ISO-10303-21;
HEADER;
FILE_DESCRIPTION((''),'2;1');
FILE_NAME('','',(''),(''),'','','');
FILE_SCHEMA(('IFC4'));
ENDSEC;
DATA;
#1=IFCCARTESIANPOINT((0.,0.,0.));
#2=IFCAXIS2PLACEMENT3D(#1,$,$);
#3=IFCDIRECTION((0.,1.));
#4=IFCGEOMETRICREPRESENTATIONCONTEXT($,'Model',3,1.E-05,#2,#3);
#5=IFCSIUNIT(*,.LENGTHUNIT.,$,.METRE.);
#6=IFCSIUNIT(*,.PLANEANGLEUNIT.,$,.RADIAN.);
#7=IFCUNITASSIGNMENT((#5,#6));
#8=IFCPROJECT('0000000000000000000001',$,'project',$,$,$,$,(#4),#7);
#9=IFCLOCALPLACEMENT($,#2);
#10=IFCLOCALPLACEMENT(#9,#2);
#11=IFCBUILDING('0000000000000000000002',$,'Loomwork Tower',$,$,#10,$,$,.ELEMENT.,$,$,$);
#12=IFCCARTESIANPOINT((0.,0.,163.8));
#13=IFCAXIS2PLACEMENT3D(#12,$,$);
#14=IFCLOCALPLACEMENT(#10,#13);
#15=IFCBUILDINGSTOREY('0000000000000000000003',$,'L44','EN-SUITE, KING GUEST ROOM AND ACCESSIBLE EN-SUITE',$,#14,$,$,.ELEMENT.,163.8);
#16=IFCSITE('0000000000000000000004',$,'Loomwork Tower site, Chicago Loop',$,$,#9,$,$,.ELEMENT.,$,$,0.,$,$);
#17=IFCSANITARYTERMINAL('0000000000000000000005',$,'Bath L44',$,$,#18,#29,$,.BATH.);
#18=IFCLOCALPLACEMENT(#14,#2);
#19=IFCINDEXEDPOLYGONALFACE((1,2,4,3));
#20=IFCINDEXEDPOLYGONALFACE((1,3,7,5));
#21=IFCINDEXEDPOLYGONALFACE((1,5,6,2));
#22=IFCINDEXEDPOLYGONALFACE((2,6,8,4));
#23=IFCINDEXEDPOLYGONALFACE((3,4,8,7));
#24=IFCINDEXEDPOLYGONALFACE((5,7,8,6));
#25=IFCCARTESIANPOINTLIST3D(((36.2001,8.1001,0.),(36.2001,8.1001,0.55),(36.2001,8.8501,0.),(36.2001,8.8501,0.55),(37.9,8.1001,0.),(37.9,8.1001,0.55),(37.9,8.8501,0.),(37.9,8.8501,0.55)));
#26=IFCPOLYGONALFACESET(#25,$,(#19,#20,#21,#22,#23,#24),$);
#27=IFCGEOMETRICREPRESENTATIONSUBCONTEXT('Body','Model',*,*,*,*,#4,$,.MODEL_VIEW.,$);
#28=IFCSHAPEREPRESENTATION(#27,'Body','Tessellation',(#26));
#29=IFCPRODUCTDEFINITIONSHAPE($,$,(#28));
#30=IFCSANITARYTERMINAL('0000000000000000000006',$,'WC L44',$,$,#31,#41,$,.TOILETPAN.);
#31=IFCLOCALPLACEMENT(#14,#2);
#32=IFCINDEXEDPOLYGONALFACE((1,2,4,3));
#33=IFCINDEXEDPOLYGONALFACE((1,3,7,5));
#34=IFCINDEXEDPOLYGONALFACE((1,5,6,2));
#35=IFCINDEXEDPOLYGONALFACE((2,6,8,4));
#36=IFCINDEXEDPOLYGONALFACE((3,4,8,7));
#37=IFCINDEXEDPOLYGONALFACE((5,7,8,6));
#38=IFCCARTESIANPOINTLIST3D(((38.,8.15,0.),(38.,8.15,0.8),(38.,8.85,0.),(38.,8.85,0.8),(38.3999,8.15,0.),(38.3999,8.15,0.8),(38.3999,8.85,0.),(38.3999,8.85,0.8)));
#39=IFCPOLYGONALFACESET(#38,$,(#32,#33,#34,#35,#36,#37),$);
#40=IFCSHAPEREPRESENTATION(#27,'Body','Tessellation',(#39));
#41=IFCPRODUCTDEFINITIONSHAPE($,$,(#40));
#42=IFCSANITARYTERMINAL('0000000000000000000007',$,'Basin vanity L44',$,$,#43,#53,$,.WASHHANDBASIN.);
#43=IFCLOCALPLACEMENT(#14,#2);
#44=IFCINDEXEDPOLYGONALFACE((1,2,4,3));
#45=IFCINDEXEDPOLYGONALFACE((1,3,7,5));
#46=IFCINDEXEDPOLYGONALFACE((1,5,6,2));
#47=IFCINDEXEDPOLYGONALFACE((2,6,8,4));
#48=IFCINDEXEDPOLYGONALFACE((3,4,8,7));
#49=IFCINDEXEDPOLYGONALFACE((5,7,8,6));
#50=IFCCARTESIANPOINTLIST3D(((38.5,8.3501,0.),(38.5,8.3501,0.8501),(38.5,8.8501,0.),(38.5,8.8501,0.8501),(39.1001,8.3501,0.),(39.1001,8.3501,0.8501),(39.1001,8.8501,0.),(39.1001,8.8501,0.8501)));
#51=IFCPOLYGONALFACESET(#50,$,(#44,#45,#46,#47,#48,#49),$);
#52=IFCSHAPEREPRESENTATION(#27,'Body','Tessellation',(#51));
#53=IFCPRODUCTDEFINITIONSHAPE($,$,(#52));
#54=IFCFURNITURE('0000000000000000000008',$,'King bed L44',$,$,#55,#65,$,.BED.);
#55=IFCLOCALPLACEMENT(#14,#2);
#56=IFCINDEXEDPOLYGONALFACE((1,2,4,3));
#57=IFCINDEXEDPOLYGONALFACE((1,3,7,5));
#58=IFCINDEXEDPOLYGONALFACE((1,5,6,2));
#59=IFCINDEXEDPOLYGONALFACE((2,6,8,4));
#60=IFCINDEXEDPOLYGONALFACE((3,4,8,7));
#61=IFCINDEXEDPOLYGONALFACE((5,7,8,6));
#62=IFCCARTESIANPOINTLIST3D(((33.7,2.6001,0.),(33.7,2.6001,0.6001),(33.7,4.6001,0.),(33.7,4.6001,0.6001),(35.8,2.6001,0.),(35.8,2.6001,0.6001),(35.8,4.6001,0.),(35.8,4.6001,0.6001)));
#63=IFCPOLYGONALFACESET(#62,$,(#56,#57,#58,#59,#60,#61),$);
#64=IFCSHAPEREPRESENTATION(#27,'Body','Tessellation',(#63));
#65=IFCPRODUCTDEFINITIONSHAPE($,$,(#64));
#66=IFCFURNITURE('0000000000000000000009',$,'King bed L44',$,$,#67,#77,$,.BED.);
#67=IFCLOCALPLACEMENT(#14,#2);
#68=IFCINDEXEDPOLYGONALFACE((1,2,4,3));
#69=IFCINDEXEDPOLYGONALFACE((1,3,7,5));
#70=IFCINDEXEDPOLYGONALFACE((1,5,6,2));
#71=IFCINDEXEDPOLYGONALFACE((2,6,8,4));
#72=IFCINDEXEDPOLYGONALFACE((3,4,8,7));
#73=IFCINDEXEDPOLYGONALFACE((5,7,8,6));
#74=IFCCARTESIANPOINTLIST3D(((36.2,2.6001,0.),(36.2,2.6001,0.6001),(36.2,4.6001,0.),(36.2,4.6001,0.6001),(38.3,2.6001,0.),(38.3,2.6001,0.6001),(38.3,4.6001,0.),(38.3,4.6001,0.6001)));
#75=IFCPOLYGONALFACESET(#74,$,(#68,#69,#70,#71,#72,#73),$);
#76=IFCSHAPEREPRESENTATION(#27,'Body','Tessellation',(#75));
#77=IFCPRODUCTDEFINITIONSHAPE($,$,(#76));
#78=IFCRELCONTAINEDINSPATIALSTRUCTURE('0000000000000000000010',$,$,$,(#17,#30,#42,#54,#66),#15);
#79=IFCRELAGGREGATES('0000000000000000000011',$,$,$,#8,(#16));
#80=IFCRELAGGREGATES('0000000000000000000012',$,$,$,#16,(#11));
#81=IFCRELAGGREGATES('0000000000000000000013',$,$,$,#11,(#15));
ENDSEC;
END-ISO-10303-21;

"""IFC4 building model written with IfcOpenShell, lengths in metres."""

from ifc_helpers import new_model, si_unit, direction, frame, origin, origin_2d, place, context, subcontext, project, spatial, rectangle, extrude, element, save


model = new_model("IFC4")

# Units and contexts
model_context = context("Model", 3, precision=1e-05, world=origin(), true_north=direction((0.0, 1.0)))
body_context = subcontext(model_context, "Body", "Model", "MODEL_VIEW")
ifc_project = project(units=[si_unit("LENGTHUNIT", "METRE"), si_unit("PLANEANGLEUNIT", "RADIAN")], contexts=[model_context])

# Site, building, storey
site_placement = place(None, origin())
site = spatial("IfcSite", under=ifc_project, at=site_placement, Name="Loomwork Tower site, Chicago Loop", CompositionType="ELEMENT", RefElevation=0.0)
building_placement = place(site_placement, origin())
building = spatial("IfcBuilding", under=site, at=building_placement, Name="Loomwork Tower", CompositionType="ELEMENT")
storey_placement = place(building_placement, frame((0.0, 0.0, 163.8)))
storey = spatial("IfcBuildingStorey", under=building, at=storey_placement, Name="L44", Description="EN-SUITE, KING GUEST ROOM AND ACCESSIBLE EN-SUITE", CompositionType="ELEMENT", Elevation=163.8)

# Sanitary terminals
sanitary_terminal_1_placement = place(storey_placement, frame((37.05, 8.4751, 0.0), z_axis=(0.0, 0.0, 1.0), x_axis=(1.0, 0.0, 0.0)))
element("IfcSanitaryTerminal", 1, at=sanitary_terminal_1_placement, inside=storey, Name="Bath L44", PredefinedType="BATH", context=body_context, shape_type="SweptSolid", body=[
    extrude(rectangle(XDim=1.7, YDim=0.75, at=origin_2d()), origin(), (0.0, 0.0, 1.0), 0.55),
])
sanitary_terminal_2_placement = place(storey_placement, frame((38.2, 8.5, 0.0), z_axis=(0.0, 0.0, 1.0), x_axis=(1.0, 0.0, 0.0)))
element("IfcSanitaryTerminal", 2, at=sanitary_terminal_2_placement, inside=storey, Name="WC L44", PredefinedType="TOILETPAN", context=body_context, shape_type="SweptSolid", body=[
    extrude(rectangle(XDim=0.3999, YDim=0.7, at=origin_2d()), origin(), (0.0, 0.0, 1.0), 0.8),
])
sanitary_terminal_3_placement = place(storey_placement, frame((38.8, 8.6001, 0.0), z_axis=(0.0, 0.0, 1.0), x_axis=(1.0, 0.0, 0.0)))
element("IfcSanitaryTerminal", 3, at=sanitary_terminal_3_placement, inside=storey, Name="Basin vanity L44", PredefinedType="WASHHANDBASIN", context=body_context, shape_type="SweptSolid", body=[
    extrude(rectangle(XDim=0.6001, YDim=0.5, at=origin_2d()), origin(), (0.0, 0.0, 1.0), 0.8501),
])

# Furniture
for number, where, z_axis, x_axis, name in (
    (4, (34.75, 3.6001, 0.0), (0.0, 0.0, 1.0), (1.0, 0.0, 0.0), "King bed L44"),
    (5, (37.25, 3.6001, 0.0), (0.0, 0.0, 1.0), (1.0, 0.0, 0.0), "King bed L44"),
):
    element("IfcFurniture", number, at=place(storey_placement, frame(where, z_axis=z_axis, x_axis=x_axis)), inside=storey, Name=name, PredefinedType="BED", context=body_context, shape_type="SweptSolid", body=[
        extrude(rectangle(XDim=2.1001, YDim=2.0, at=origin_2d()), origin(), (0.0, 0.0, 1.0), 0.6001),
    ])

save(model, "model.ifc")
